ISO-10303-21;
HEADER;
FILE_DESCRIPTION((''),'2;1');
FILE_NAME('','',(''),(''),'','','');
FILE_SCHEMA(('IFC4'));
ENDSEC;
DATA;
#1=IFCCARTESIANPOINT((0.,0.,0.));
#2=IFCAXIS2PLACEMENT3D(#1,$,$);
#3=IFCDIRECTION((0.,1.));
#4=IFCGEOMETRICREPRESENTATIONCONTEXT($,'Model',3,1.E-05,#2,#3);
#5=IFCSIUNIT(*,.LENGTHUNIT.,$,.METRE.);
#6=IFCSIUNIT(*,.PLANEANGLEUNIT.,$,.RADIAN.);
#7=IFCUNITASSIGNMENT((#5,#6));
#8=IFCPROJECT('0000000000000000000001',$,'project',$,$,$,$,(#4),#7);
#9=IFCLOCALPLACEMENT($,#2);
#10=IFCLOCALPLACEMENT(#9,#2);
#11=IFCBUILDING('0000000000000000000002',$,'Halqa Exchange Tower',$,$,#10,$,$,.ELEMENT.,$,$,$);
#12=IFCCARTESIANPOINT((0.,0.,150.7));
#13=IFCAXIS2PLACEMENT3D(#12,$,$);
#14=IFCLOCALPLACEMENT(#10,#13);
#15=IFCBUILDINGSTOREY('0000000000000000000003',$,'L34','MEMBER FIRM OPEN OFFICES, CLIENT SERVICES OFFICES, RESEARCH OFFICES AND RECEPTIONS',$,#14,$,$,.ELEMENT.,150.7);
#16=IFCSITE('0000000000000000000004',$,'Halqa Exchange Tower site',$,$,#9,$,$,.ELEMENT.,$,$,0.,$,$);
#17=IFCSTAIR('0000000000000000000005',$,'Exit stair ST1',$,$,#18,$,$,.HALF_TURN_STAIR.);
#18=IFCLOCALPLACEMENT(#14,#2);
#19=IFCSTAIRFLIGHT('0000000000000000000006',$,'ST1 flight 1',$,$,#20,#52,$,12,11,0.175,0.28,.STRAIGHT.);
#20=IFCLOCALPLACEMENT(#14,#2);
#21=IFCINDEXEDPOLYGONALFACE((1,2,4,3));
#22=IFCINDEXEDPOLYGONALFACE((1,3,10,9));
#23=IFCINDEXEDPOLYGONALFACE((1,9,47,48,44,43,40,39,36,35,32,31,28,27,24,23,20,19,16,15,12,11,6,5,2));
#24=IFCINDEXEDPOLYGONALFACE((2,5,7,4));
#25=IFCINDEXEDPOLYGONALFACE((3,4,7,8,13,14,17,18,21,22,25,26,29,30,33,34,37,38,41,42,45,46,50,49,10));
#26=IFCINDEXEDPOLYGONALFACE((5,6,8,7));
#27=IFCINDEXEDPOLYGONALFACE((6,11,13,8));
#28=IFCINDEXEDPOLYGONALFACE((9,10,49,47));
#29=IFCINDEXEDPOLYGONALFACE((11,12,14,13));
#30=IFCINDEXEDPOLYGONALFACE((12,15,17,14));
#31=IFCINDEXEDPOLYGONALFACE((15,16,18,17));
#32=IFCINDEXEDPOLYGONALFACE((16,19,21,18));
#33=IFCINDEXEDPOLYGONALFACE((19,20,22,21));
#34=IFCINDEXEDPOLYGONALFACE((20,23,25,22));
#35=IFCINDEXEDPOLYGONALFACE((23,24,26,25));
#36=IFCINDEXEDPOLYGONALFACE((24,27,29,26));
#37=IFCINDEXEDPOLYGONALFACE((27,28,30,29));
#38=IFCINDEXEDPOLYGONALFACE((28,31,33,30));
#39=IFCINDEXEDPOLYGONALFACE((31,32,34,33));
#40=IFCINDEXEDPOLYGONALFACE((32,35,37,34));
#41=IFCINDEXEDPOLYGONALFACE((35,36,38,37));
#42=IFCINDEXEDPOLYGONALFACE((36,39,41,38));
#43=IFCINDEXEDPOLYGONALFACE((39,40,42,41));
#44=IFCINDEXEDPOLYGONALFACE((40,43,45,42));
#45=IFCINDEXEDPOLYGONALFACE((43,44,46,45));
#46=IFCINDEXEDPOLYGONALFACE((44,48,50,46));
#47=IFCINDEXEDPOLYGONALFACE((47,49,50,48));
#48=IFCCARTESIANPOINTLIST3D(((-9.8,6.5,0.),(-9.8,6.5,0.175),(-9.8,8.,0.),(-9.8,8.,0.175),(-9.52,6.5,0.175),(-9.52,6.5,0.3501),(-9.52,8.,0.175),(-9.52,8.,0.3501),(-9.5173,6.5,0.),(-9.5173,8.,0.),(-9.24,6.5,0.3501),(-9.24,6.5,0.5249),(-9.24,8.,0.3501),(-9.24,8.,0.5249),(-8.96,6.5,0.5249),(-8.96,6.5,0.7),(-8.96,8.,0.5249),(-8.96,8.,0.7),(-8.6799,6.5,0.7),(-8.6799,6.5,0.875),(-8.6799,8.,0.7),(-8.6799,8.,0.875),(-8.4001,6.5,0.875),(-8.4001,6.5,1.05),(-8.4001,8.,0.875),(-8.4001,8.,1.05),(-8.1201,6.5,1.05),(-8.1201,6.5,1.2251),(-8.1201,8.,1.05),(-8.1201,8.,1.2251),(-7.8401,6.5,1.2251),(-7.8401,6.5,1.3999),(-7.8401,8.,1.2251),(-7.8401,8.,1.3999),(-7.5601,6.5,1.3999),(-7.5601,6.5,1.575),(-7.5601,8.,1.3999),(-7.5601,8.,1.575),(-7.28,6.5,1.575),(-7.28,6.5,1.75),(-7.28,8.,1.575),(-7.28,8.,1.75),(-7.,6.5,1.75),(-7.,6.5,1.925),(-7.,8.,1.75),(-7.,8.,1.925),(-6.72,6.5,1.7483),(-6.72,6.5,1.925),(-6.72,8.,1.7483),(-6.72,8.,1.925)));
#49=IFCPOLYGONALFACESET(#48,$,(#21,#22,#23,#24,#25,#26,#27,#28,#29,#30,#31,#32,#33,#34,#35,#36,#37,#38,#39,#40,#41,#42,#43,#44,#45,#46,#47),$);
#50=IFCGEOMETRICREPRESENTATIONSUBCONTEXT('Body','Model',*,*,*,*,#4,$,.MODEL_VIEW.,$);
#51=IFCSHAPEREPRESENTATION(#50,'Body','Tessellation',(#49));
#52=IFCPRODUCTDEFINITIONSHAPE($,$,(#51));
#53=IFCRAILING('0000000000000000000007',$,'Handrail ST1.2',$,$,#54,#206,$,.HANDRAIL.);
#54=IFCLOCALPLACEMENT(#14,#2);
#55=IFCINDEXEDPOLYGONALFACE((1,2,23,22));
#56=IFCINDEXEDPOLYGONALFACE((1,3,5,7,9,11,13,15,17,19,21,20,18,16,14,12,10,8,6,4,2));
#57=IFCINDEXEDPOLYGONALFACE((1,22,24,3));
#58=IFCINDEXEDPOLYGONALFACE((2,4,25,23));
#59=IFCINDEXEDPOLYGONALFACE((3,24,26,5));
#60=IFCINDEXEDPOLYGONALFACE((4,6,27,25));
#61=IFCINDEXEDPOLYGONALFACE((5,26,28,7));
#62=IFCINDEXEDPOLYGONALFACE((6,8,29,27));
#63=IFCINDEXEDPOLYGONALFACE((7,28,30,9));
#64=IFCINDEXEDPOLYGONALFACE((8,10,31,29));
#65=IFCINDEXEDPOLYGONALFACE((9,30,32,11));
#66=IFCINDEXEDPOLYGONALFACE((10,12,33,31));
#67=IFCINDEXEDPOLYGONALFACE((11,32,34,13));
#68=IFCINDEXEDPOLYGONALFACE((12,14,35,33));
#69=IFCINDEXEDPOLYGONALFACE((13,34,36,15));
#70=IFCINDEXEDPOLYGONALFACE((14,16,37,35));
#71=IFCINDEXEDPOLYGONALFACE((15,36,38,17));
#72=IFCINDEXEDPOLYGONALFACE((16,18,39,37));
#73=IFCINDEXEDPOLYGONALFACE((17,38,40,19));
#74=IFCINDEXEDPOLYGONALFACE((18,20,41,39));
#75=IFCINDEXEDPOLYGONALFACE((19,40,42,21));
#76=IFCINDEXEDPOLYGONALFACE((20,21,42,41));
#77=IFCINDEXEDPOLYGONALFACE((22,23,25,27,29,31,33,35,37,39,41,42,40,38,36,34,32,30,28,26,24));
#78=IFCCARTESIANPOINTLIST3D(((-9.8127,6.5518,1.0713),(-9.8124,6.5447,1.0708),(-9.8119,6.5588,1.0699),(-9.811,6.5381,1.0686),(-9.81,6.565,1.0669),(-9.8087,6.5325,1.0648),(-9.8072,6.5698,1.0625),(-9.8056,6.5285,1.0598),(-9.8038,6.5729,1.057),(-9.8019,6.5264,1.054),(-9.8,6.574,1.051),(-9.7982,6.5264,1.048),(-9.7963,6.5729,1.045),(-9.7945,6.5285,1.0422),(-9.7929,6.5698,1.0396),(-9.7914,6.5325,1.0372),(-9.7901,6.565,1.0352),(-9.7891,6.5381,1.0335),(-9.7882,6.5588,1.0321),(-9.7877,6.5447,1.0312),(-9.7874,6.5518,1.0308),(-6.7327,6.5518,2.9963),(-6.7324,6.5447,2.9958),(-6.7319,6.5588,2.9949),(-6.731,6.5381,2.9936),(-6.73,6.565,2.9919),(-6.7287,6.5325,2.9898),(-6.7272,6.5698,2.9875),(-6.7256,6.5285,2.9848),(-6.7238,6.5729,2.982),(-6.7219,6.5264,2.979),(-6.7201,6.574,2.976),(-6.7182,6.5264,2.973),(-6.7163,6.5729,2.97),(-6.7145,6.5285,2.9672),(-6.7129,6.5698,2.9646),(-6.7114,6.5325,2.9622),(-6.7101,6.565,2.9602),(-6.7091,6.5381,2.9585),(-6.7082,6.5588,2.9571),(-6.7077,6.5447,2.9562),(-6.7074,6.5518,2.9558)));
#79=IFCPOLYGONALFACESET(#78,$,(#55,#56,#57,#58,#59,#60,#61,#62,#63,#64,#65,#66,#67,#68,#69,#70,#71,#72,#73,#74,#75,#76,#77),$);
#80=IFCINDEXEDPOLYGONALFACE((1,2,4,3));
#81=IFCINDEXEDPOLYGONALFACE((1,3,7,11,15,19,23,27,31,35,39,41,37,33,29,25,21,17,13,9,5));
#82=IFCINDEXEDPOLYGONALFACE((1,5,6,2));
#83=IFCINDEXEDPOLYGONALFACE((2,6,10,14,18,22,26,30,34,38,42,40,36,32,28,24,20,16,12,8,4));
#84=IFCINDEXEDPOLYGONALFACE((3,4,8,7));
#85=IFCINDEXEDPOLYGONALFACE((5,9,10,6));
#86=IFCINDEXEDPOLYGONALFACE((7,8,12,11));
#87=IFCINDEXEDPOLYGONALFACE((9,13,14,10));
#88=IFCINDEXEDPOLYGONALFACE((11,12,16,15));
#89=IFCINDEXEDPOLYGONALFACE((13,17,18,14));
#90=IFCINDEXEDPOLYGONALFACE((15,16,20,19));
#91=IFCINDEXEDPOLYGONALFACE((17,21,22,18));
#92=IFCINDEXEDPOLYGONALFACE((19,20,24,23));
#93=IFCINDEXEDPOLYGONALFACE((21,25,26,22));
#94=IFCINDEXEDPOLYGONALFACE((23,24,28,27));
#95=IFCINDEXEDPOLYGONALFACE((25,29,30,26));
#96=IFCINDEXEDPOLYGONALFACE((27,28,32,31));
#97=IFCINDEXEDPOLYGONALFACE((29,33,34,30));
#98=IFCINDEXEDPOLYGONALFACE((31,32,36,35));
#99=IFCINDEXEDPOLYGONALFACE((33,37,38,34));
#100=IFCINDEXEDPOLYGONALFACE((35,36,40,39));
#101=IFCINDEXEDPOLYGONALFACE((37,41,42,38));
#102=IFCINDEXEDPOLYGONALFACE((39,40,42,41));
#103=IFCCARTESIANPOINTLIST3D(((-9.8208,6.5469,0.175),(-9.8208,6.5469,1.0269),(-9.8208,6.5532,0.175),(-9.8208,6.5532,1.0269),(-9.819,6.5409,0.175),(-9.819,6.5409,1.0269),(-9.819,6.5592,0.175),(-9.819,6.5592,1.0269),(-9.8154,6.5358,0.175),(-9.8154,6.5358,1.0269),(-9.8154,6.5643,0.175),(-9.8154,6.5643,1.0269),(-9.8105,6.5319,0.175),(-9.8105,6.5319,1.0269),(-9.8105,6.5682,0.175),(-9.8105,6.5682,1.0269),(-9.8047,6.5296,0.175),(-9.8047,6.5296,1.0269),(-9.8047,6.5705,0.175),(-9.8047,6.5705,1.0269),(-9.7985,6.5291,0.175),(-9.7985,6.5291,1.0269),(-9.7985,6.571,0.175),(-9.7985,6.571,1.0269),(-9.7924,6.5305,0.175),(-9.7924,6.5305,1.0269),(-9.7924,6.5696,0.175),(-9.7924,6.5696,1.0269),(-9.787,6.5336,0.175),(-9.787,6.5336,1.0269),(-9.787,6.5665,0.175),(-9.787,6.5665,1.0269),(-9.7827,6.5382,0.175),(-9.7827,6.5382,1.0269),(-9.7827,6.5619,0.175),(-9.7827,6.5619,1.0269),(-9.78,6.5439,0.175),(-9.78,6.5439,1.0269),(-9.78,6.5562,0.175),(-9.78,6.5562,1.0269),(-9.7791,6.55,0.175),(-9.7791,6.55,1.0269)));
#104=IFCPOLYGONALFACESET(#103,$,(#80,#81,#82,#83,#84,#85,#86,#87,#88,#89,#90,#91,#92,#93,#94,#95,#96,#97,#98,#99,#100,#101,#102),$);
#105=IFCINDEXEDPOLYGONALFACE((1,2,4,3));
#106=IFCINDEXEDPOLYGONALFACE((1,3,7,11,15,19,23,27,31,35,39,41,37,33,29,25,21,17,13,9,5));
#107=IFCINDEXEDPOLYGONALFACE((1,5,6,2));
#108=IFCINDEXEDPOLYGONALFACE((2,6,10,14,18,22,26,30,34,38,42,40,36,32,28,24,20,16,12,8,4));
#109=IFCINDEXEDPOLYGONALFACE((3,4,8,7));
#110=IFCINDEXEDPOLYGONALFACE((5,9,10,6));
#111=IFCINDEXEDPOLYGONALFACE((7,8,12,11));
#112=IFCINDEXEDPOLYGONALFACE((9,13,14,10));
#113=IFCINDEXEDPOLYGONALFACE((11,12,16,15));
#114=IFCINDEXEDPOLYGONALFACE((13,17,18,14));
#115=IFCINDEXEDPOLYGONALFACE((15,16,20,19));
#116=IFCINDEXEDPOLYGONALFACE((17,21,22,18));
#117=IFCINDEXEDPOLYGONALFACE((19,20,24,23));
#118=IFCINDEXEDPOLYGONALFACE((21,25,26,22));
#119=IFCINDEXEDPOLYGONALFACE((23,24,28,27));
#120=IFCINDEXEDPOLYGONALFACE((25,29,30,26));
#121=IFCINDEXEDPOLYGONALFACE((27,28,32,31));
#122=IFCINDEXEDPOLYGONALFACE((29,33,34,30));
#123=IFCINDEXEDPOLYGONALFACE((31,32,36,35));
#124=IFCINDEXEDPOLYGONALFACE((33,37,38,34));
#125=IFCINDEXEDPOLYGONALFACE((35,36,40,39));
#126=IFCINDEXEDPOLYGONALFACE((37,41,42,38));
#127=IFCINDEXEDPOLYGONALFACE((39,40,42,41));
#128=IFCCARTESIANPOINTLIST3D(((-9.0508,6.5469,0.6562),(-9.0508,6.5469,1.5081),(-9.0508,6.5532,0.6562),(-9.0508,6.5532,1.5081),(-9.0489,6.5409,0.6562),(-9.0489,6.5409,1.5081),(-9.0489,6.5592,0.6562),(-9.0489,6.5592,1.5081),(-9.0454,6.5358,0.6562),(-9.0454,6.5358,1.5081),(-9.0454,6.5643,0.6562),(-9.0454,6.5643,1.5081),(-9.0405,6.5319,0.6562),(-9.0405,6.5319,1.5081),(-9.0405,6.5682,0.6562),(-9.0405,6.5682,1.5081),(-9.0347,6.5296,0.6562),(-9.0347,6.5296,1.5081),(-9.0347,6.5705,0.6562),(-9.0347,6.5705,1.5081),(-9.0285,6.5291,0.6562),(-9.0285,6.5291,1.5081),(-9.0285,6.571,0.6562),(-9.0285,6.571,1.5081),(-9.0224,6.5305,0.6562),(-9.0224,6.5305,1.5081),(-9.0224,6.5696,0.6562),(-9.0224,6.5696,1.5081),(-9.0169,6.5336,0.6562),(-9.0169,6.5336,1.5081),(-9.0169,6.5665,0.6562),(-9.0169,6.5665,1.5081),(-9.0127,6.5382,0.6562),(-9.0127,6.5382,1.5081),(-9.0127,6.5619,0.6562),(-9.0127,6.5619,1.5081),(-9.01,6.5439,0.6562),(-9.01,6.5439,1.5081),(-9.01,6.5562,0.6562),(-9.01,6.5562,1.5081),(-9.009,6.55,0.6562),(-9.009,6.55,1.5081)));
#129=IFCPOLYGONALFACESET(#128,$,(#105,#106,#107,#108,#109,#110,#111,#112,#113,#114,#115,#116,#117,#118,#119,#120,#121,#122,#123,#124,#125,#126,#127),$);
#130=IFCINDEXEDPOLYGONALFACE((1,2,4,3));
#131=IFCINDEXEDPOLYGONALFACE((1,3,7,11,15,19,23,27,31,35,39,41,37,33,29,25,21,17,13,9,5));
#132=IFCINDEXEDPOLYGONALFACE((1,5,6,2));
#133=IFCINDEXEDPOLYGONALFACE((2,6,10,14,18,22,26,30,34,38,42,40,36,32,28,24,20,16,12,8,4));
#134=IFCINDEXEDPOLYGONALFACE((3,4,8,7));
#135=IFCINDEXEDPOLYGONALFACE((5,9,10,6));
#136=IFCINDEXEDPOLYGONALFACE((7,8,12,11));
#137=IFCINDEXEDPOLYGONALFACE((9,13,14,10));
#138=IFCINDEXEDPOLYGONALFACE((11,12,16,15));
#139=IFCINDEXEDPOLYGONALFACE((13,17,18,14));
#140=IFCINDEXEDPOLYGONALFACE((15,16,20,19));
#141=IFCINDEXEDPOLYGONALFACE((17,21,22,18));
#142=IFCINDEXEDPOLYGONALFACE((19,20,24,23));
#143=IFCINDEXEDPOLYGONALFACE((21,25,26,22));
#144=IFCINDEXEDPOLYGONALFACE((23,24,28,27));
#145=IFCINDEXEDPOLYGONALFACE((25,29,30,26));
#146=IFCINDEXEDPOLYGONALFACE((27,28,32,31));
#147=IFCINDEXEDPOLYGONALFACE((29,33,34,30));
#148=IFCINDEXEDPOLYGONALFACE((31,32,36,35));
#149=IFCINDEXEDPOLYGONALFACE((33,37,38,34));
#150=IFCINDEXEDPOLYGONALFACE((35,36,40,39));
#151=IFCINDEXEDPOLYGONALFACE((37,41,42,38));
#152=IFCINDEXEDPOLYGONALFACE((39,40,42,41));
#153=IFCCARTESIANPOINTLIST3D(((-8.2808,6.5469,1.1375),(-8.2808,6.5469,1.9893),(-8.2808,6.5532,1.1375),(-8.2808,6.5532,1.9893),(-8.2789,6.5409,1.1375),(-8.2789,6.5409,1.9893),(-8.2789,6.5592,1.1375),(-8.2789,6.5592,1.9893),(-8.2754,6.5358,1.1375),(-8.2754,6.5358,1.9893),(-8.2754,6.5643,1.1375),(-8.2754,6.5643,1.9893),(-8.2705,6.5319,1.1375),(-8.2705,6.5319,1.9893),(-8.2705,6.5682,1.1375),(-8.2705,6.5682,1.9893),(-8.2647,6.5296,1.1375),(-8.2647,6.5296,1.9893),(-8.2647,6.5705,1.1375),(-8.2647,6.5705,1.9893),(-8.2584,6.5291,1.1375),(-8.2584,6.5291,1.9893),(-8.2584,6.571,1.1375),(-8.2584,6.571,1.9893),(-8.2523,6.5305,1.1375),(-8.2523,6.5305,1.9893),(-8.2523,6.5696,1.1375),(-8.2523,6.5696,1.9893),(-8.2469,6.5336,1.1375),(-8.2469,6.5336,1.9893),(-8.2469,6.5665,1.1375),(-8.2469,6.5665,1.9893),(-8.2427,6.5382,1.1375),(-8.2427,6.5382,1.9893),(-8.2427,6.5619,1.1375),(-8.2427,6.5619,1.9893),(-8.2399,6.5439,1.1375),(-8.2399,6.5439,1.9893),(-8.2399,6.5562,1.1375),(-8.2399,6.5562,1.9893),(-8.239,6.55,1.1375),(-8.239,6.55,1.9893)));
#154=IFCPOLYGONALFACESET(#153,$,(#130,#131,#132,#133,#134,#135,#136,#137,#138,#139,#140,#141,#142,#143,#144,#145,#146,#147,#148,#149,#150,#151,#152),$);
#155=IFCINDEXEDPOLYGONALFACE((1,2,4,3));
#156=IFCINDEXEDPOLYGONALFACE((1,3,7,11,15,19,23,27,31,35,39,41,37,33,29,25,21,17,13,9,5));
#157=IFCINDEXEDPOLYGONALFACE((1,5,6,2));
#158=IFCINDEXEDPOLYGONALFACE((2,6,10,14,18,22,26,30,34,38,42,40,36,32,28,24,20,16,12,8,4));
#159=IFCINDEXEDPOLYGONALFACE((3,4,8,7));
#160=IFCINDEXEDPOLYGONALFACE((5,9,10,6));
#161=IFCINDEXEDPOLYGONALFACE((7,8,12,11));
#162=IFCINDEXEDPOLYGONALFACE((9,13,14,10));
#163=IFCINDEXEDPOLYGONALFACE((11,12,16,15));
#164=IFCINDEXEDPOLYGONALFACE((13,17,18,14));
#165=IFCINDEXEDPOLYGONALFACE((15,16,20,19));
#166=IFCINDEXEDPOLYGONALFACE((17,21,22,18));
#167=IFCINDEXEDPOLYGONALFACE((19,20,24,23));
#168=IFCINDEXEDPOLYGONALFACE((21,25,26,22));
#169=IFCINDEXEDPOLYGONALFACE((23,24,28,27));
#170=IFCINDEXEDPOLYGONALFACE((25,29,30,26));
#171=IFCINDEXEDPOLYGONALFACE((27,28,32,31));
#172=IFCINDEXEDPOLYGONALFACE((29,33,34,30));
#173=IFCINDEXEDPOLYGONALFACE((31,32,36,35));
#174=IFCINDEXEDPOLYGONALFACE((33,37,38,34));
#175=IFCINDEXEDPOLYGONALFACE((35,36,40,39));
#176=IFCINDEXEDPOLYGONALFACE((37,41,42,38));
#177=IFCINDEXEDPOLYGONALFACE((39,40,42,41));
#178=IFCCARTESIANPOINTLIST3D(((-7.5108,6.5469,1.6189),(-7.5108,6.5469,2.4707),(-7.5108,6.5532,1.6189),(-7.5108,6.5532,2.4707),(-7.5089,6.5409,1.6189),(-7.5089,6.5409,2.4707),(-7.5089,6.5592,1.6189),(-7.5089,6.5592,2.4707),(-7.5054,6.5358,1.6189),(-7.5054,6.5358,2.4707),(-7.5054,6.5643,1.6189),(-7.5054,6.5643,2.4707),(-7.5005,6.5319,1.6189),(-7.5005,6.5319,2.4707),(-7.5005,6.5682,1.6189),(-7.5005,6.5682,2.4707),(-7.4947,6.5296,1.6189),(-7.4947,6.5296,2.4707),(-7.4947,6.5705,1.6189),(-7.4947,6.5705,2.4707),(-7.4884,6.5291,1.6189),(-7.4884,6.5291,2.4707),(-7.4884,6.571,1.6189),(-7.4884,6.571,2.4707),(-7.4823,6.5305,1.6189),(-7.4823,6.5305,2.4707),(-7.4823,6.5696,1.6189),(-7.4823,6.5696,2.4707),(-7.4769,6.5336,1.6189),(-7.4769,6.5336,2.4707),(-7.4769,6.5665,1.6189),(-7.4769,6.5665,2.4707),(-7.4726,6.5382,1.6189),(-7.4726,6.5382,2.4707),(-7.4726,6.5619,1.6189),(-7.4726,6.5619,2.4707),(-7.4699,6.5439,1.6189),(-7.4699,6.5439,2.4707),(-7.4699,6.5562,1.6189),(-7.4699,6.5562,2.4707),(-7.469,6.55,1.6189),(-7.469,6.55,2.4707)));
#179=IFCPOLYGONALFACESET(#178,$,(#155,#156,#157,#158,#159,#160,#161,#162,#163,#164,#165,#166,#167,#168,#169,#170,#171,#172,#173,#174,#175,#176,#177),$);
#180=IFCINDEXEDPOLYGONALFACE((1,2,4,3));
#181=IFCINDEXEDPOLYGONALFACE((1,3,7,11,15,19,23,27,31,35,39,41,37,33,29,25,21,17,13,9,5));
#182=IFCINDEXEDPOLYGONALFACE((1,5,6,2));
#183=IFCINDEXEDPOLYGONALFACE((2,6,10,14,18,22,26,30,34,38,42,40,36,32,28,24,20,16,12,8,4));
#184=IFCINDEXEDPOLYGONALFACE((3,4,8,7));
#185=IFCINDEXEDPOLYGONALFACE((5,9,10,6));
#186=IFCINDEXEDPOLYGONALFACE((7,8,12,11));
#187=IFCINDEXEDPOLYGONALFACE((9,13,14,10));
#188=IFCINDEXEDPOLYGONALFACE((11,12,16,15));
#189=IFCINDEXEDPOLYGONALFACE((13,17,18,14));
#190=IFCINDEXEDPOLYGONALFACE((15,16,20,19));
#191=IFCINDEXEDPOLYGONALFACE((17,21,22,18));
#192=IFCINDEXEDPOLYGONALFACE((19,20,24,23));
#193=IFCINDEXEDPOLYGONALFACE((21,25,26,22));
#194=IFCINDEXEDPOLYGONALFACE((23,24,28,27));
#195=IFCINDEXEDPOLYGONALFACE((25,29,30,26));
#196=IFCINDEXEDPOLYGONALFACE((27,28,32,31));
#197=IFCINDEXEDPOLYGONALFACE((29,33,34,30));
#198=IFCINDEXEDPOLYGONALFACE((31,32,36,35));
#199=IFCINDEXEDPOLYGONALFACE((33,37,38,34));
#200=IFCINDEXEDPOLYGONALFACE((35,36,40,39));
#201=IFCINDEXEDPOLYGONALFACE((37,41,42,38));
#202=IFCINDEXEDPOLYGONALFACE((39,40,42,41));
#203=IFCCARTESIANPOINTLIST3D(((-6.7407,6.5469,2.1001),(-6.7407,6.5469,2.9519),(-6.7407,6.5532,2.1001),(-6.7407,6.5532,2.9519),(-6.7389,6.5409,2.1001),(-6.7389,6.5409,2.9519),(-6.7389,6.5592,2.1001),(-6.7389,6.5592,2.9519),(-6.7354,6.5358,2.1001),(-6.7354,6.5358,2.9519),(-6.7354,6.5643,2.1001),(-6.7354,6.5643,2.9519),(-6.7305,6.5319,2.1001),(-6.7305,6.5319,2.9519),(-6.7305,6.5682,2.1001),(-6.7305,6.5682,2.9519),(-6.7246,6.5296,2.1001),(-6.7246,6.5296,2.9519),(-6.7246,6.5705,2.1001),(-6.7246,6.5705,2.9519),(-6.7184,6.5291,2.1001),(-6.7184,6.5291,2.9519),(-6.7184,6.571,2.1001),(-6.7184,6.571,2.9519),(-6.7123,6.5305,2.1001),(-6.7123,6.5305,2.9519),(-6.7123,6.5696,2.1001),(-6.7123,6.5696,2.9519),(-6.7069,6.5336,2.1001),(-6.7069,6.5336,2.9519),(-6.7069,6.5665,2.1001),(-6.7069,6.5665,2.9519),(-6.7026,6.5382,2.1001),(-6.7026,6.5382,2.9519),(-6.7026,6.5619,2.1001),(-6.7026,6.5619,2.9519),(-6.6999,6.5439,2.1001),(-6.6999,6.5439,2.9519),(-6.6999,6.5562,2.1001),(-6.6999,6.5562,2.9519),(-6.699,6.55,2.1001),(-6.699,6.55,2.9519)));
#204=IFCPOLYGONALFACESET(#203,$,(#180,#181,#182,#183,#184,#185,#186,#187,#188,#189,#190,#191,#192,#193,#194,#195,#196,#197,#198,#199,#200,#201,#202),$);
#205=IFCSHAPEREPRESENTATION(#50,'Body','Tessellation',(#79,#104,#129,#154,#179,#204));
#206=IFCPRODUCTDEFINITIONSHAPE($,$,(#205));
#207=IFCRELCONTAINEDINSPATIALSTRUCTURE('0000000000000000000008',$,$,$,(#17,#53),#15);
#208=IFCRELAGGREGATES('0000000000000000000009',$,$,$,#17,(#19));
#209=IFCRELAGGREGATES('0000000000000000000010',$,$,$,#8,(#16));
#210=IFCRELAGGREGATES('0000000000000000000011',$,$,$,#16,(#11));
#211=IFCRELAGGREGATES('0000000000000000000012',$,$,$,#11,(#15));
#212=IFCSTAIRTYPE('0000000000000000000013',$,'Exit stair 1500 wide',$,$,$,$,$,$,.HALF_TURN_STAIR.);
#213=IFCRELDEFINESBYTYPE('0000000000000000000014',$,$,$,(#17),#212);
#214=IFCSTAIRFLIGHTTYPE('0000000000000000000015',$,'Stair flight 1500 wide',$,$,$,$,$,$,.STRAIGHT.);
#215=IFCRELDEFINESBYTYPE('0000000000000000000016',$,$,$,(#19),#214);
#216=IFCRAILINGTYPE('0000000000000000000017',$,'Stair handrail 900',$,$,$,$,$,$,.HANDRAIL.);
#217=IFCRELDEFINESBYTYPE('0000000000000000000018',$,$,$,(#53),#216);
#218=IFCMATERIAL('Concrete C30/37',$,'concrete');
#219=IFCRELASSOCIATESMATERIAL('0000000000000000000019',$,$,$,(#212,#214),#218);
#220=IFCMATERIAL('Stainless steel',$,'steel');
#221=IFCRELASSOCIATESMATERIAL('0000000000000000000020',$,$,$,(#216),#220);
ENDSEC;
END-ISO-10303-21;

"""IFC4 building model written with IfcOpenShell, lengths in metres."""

from ifc_helpers import new_model, si_unit, direction, frame, origin, origin_2d, place, context, subcontext, project, spatial, polyline, circle, outline, extrude, material, type_object, element, aggregate, save


model = new_model("IFC4")

# Units and contexts
model_context = context("Model", 3, precision=1e-05, world=origin(), true_north=direction((0.0, 1.0)))
body_context = subcontext(model_context, "Body", "Model", "MODEL_VIEW")
ifc_project = project(units=[si_unit("LENGTHUNIT", "METRE"), si_unit("PLANEANGLEUNIT", "RADIAN")], contexts=[model_context])

# Site, building, storey
site_placement = place(None, origin())
site = spatial("IfcSite", under=ifc_project, at=site_placement, Name="Halqa Exchange Tower site", CompositionType="ELEMENT", RefElevation=0.0)
building_placement = place(site_placement, origin())
building = spatial("IfcBuilding", under=site, at=building_placement, Name="Halqa Exchange Tower", CompositionType="ELEMENT")
storey_placement = place(building_placement, frame((0.0, 0.0, 150.7)))
storey = spatial("IfcBuildingStorey", under=building, at=storey_placement, Name="L34", Description="MEMBER FIRM OPEN OFFICES, CLIENT SERVICES OFFICES, RESEARCH OFFICES AND RECEPTIONS", CompositionType="ELEMENT", Elevation=150.7)

# Shared definitions
ifc_material_1 = material(Name="Stainless steel", Category="steel")

# Shared definitions
ifc_material_2 = material(Name="Concrete C30/37", Category="concrete")

# Stair, stair flight
stair_type = type_object("IfcStairType", Name="Exit stair 1500 wide", PredefinedType="HALF_TURN_STAIR", material=ifc_material_2)
stair_placement = place(storey_placement, origin())
stair = element("IfcStair", 1, at=stair_placement, inside=storey, type_object=stair_type, Name="Exit stair ST1", PredefinedType="HALF_TURN_STAIR")
stair_flight_type = type_object("IfcStairFlightType", Name="Stair flight 1500 wide", PredefinedType="STRAIGHT", material=ifc_material_2)
stair_flight_placement = place(storey_placement, frame((-9.8, 7.25, 0.0), z_axis=(0.0, 0.0, 1.0), x_axis=(1.0, 0.0, 0.0)))
stair_flight = element("IfcStairFlight", 2, at=stair_flight_placement, type_object=stair_flight_type, Name="ST1 flight 1", NumberOfRisers=12, NumberOfTreads=11, PredefinedType="STRAIGHT", RiserHeight=0.175, TreadLength=0.28, context=body_context, shape_type="SweptSolid", body=[
    extrude(outline(polyline([(0.0, 0.0), (0.0, 0.175), (0.28, 0.175), (0.28, 0.3501), (0.5601, 0.3501), (0.5601, 0.5249), (0.8401, 0.5249), (0.8401, 0.7), (1.1201, 0.7), (1.1201, 0.875), (1.3999, 0.875), (1.3999, 1.05), (1.6799, 1.05), (1.6799, 1.2251), (1.96, 1.2251), (1.96, 1.3999), (2.24, 1.3999), (2.24, 1.575), (2.52, 1.575), (2.52, 1.75), (2.8, 1.75), (2.8, 1.925), (3.0801, 1.925), (3.0801, 2.1001), (3.0801, 1.7483), (0.2827, 0.0), (0.0, 0.0)])), frame((0.0, 0.75, 0.0), z_axis=(0.0, -1.0, 0.0), x_axis=(1.0, 0.0, 0.0)), (0.0, 0.0, 1.0), 1.5),
])
aggregate(stair, [stair_flight])

# Railing
railing_type_1 = type_object("IfcRailingType", Name="Stair handrail 900", PredefinedType="HANDRAIL", material=ifc_material_1)
railing_1_placement = place(storey_placement, frame((-9.8, 6.55, 0.175)))
element("IfcRailing", 3, at=railing_1_placement, inside=storey, type_object=railing_type_1, Name="Handrail ST1.2", PredefinedType="HANDRAIL", context=body_context, shape_type="SweptSolid", body=[
    extrude(circle(Radius=0.0239, at=origin_2d()), frame((0.0, 0.0, 0.876), z_axis=(0.847998, 0.0, 0.529999), x_axis=(0.0, 1.0, 0.0)), (0.0, 0.0, 1.0), 3.6321),
    extrude(circle(Radius=0.021, at=origin_2d()), origin(), (0.0, 0.0, 1.0), 0.8518),
    extrude(circle(Radius=0.021, at=origin_2d()), frame((0.77, 0.0, 0.4812)), (0.0, 0.0, 1.0), 0.8518),
    extrude(circle(Radius=0.021, at=origin_2d()), frame((1.54, 0.0, 0.9624)), (0.0, 0.0, 1.0), 0.8518),
    extrude(circle(Radius=0.021, at=origin_2d()), frame((2.3101, 0.0, 1.4438)), (0.0, 0.0, 1.0), 0.8518),
    extrude(circle(Radius=0.021, at=origin_2d()), frame((3.0801, 0.0, 1.925)), (0.0, 0.0, 1.0), 0.8518),
])

save(model, "model.ifc")
